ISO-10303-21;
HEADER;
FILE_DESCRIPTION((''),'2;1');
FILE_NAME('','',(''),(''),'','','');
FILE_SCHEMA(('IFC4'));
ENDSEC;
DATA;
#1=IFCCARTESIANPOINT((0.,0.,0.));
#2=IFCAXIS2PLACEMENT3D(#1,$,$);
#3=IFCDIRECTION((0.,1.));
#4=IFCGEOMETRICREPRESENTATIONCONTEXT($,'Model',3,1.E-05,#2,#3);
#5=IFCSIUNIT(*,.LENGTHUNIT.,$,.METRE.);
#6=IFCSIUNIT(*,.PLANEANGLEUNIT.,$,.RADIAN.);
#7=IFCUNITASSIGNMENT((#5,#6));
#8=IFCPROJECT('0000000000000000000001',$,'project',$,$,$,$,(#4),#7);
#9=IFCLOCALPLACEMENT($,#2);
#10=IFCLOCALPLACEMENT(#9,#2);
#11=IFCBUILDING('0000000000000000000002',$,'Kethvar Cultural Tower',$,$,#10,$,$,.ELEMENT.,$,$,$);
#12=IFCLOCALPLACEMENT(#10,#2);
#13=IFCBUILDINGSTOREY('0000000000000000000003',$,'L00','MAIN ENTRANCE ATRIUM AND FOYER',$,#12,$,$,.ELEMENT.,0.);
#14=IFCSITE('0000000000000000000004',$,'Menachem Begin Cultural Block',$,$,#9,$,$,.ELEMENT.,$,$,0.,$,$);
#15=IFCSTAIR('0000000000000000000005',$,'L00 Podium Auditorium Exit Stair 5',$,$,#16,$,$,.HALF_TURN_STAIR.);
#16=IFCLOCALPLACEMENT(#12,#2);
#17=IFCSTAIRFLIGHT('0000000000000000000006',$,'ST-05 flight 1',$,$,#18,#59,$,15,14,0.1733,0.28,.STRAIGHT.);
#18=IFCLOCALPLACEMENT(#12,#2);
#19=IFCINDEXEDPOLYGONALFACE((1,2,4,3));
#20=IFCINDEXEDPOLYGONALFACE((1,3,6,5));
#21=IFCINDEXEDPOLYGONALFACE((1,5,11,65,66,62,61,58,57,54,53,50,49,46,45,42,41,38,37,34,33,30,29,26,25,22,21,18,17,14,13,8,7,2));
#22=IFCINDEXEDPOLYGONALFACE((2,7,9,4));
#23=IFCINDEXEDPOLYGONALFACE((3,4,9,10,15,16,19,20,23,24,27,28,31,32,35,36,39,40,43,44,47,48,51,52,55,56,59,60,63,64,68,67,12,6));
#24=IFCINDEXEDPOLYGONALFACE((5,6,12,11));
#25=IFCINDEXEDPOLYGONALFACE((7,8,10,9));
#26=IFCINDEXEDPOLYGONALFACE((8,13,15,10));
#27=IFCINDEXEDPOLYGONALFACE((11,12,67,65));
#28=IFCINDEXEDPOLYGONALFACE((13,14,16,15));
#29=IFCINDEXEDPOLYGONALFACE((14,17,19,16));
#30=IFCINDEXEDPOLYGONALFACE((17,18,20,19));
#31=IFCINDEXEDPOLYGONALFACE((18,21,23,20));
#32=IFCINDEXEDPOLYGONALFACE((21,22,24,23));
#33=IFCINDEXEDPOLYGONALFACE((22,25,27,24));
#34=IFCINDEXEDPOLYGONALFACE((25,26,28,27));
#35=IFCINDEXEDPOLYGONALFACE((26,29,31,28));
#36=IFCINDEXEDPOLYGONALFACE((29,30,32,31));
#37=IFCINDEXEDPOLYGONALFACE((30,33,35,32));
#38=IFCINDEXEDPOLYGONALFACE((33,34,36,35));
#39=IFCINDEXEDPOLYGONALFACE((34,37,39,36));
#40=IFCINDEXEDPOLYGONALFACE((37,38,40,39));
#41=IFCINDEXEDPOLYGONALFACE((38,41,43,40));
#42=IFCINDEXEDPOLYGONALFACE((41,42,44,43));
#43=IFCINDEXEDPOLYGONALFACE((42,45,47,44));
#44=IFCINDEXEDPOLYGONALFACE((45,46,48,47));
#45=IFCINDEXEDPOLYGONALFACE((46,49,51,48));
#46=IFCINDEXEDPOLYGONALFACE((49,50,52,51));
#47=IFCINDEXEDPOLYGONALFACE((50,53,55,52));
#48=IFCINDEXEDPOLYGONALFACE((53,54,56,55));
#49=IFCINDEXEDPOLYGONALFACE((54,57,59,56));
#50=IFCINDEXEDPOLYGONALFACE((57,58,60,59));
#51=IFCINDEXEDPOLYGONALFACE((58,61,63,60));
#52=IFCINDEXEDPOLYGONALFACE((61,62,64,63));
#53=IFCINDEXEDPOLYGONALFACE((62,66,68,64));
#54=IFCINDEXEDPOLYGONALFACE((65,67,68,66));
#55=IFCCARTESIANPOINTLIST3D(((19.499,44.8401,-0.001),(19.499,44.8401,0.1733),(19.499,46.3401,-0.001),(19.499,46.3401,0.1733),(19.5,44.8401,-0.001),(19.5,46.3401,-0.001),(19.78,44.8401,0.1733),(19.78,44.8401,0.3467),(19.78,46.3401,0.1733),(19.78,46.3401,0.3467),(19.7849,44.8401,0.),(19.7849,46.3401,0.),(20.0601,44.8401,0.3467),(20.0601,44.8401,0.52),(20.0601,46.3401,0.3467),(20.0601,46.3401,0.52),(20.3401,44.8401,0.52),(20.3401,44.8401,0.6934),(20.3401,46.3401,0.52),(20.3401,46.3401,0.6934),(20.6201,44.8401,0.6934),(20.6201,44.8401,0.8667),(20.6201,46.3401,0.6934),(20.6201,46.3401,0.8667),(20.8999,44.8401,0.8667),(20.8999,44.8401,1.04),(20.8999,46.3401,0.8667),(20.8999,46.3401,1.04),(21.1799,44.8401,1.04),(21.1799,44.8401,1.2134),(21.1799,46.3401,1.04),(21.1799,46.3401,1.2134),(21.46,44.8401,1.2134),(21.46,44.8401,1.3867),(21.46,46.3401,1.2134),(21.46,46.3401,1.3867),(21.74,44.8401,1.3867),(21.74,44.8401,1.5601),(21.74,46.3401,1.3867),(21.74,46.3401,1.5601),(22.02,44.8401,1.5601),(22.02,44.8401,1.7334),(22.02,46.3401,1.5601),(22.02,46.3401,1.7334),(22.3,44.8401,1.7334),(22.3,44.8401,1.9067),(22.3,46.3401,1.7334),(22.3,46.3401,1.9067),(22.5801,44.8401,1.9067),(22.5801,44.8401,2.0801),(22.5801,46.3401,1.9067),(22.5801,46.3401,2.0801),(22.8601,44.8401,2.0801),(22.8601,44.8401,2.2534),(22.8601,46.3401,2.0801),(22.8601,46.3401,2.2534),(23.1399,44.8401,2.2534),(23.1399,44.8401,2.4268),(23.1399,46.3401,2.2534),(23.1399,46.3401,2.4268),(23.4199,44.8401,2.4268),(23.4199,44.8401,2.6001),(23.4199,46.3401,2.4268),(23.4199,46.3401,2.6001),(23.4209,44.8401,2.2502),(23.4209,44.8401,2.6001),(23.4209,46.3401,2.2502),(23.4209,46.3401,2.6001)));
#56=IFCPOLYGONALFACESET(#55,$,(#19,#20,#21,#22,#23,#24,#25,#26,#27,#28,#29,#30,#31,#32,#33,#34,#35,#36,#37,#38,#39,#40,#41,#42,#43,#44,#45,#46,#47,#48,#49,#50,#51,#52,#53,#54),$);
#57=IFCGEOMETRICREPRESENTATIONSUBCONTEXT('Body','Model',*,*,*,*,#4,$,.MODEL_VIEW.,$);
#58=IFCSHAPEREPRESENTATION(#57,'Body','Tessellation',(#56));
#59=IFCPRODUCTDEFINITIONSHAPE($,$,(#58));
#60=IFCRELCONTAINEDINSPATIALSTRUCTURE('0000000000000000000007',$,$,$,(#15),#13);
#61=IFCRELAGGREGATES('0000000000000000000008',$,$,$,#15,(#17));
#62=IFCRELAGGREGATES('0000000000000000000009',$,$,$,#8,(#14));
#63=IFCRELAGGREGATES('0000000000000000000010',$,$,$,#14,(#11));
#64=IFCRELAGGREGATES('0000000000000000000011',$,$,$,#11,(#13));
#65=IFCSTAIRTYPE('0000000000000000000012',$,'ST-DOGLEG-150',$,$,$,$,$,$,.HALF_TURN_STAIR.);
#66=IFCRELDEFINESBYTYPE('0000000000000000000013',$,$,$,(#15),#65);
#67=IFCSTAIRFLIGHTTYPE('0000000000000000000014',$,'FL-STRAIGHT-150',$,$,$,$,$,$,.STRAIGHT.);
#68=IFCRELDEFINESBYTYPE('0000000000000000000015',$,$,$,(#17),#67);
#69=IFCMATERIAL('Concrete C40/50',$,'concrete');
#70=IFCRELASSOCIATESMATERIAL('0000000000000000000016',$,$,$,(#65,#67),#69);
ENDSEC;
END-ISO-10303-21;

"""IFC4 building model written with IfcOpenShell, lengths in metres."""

from ifc_helpers import new_model, si_unit, direction, frame, origin, place, context, subcontext, project, spatial, polyline, outline, extrude, material, type_object, element, aggregate, save


model = new_model("IFC4")

# Units and contexts
model_context = context("Model", 3, precision=1e-05, world=origin(), true_north=direction((0.0, 1.0)))
body_context = subcontext(model_context, "Body", "Model", "MODEL_VIEW")
ifc_project = project(units=[si_unit("LENGTHUNIT", "METRE"), si_unit("PLANEANGLEUNIT", "RADIAN")], contexts=[model_context])

# Site, building, storey
site_placement = place(None, origin())
site = spatial("IfcSite", under=ifc_project, at=site_placement, Name="Menachem Begin Cultural Block", CompositionType="ELEMENT", RefElevation=0.0)
building_placement = place(site_placement, origin())
building = spatial("IfcBuilding", under=site, at=building_placement, Name="Kethvar Cultural Tower", CompositionType="ELEMENT")
storey_placement = place(building_placement, origin())
storey = spatial("IfcBuildingStorey", under=building, at=storey_placement, Name="L00", Description="MAIN ENTRANCE ATRIUM AND FOYER", CompositionType="ELEMENT", Elevation=0.0)

# Shared definitions
ifc_material_1 = material(Name="Concrete C40/50", Category="concrete")

# Stair, stair flight
stair_type = type_object("IfcStairType", Name="ST-DOGLEG-150", PredefinedType="HALF_TURN_STAIR", material=ifc_material_1)
stair_placement = place(storey_placement, origin())
stair = element("IfcStair", 1, at=stair_placement, inside=storey, type_object=stair_type, Name="L00 Podium Auditorium Exit Stair 5", PredefinedType="HALF_TURN_STAIR")
stair_flight_type = type_object("IfcStairFlightType", Name="FL-STRAIGHT-150", PredefinedType="STRAIGHT", material=ifc_material_1)
stair_flight_placement = place(storey_placement, frame((19.5, 45.5901, 0.0), z_axis=(0.0, 0.0, 1.0), x_axis=(1.0, 0.0, 0.0)))
stair_flight = element("IfcStairFlight", 2, at=stair_flight_placement, type_object=stair_flight_type, Name="ST-05 flight 1", NumberOfRisers=15, NumberOfTreads=14, PredefinedType="STRAIGHT", RiserHeight=0.1733, TreadLength=0.28, context=body_context, shape_type="SweptSolid", body=[
    extrude(outline(polyline([(-0.001, -0.001), (-0.001, 0.1733), (0.28, 0.1733), (0.28, 0.3467), (0.5601, 0.3467), (0.5601, 0.52), (0.8401, 0.52), (0.8401, 0.6934), (1.1201, 0.6934), (1.1201, 0.8667), (1.3999, 0.8667), (1.3999, 1.04), (1.6799, 1.04), (1.6799, 1.2134), (1.96, 1.2134), (1.96, 1.3867), (2.24, 1.3867), (2.24, 1.5601), (2.52, 1.5601), (2.52, 1.7334), (2.8, 1.7334), (2.8, 1.9067), (3.0801, 1.9067), (3.0801, 2.0801), (3.3601, 2.0801), (3.3601, 2.2534), (3.6399, 2.2534), (3.6399, 2.4268), (3.9199, 2.4268), (3.9199, 2.6001), (3.9209, 2.6001), (3.9209, 2.2502), (0.2849, 0.0), (0.0, -0.001), (-0.001, -0.001)])), frame((0.0, 0.75, 0.0), z_axis=(0.0, -1.0, 0.0), x_axis=(1.0, 0.0, 0.0)), (0.0, 0.0, 1.0), 1.5),
])
aggregate(stair, [stair_flight])

save(model, "model.ifc")
